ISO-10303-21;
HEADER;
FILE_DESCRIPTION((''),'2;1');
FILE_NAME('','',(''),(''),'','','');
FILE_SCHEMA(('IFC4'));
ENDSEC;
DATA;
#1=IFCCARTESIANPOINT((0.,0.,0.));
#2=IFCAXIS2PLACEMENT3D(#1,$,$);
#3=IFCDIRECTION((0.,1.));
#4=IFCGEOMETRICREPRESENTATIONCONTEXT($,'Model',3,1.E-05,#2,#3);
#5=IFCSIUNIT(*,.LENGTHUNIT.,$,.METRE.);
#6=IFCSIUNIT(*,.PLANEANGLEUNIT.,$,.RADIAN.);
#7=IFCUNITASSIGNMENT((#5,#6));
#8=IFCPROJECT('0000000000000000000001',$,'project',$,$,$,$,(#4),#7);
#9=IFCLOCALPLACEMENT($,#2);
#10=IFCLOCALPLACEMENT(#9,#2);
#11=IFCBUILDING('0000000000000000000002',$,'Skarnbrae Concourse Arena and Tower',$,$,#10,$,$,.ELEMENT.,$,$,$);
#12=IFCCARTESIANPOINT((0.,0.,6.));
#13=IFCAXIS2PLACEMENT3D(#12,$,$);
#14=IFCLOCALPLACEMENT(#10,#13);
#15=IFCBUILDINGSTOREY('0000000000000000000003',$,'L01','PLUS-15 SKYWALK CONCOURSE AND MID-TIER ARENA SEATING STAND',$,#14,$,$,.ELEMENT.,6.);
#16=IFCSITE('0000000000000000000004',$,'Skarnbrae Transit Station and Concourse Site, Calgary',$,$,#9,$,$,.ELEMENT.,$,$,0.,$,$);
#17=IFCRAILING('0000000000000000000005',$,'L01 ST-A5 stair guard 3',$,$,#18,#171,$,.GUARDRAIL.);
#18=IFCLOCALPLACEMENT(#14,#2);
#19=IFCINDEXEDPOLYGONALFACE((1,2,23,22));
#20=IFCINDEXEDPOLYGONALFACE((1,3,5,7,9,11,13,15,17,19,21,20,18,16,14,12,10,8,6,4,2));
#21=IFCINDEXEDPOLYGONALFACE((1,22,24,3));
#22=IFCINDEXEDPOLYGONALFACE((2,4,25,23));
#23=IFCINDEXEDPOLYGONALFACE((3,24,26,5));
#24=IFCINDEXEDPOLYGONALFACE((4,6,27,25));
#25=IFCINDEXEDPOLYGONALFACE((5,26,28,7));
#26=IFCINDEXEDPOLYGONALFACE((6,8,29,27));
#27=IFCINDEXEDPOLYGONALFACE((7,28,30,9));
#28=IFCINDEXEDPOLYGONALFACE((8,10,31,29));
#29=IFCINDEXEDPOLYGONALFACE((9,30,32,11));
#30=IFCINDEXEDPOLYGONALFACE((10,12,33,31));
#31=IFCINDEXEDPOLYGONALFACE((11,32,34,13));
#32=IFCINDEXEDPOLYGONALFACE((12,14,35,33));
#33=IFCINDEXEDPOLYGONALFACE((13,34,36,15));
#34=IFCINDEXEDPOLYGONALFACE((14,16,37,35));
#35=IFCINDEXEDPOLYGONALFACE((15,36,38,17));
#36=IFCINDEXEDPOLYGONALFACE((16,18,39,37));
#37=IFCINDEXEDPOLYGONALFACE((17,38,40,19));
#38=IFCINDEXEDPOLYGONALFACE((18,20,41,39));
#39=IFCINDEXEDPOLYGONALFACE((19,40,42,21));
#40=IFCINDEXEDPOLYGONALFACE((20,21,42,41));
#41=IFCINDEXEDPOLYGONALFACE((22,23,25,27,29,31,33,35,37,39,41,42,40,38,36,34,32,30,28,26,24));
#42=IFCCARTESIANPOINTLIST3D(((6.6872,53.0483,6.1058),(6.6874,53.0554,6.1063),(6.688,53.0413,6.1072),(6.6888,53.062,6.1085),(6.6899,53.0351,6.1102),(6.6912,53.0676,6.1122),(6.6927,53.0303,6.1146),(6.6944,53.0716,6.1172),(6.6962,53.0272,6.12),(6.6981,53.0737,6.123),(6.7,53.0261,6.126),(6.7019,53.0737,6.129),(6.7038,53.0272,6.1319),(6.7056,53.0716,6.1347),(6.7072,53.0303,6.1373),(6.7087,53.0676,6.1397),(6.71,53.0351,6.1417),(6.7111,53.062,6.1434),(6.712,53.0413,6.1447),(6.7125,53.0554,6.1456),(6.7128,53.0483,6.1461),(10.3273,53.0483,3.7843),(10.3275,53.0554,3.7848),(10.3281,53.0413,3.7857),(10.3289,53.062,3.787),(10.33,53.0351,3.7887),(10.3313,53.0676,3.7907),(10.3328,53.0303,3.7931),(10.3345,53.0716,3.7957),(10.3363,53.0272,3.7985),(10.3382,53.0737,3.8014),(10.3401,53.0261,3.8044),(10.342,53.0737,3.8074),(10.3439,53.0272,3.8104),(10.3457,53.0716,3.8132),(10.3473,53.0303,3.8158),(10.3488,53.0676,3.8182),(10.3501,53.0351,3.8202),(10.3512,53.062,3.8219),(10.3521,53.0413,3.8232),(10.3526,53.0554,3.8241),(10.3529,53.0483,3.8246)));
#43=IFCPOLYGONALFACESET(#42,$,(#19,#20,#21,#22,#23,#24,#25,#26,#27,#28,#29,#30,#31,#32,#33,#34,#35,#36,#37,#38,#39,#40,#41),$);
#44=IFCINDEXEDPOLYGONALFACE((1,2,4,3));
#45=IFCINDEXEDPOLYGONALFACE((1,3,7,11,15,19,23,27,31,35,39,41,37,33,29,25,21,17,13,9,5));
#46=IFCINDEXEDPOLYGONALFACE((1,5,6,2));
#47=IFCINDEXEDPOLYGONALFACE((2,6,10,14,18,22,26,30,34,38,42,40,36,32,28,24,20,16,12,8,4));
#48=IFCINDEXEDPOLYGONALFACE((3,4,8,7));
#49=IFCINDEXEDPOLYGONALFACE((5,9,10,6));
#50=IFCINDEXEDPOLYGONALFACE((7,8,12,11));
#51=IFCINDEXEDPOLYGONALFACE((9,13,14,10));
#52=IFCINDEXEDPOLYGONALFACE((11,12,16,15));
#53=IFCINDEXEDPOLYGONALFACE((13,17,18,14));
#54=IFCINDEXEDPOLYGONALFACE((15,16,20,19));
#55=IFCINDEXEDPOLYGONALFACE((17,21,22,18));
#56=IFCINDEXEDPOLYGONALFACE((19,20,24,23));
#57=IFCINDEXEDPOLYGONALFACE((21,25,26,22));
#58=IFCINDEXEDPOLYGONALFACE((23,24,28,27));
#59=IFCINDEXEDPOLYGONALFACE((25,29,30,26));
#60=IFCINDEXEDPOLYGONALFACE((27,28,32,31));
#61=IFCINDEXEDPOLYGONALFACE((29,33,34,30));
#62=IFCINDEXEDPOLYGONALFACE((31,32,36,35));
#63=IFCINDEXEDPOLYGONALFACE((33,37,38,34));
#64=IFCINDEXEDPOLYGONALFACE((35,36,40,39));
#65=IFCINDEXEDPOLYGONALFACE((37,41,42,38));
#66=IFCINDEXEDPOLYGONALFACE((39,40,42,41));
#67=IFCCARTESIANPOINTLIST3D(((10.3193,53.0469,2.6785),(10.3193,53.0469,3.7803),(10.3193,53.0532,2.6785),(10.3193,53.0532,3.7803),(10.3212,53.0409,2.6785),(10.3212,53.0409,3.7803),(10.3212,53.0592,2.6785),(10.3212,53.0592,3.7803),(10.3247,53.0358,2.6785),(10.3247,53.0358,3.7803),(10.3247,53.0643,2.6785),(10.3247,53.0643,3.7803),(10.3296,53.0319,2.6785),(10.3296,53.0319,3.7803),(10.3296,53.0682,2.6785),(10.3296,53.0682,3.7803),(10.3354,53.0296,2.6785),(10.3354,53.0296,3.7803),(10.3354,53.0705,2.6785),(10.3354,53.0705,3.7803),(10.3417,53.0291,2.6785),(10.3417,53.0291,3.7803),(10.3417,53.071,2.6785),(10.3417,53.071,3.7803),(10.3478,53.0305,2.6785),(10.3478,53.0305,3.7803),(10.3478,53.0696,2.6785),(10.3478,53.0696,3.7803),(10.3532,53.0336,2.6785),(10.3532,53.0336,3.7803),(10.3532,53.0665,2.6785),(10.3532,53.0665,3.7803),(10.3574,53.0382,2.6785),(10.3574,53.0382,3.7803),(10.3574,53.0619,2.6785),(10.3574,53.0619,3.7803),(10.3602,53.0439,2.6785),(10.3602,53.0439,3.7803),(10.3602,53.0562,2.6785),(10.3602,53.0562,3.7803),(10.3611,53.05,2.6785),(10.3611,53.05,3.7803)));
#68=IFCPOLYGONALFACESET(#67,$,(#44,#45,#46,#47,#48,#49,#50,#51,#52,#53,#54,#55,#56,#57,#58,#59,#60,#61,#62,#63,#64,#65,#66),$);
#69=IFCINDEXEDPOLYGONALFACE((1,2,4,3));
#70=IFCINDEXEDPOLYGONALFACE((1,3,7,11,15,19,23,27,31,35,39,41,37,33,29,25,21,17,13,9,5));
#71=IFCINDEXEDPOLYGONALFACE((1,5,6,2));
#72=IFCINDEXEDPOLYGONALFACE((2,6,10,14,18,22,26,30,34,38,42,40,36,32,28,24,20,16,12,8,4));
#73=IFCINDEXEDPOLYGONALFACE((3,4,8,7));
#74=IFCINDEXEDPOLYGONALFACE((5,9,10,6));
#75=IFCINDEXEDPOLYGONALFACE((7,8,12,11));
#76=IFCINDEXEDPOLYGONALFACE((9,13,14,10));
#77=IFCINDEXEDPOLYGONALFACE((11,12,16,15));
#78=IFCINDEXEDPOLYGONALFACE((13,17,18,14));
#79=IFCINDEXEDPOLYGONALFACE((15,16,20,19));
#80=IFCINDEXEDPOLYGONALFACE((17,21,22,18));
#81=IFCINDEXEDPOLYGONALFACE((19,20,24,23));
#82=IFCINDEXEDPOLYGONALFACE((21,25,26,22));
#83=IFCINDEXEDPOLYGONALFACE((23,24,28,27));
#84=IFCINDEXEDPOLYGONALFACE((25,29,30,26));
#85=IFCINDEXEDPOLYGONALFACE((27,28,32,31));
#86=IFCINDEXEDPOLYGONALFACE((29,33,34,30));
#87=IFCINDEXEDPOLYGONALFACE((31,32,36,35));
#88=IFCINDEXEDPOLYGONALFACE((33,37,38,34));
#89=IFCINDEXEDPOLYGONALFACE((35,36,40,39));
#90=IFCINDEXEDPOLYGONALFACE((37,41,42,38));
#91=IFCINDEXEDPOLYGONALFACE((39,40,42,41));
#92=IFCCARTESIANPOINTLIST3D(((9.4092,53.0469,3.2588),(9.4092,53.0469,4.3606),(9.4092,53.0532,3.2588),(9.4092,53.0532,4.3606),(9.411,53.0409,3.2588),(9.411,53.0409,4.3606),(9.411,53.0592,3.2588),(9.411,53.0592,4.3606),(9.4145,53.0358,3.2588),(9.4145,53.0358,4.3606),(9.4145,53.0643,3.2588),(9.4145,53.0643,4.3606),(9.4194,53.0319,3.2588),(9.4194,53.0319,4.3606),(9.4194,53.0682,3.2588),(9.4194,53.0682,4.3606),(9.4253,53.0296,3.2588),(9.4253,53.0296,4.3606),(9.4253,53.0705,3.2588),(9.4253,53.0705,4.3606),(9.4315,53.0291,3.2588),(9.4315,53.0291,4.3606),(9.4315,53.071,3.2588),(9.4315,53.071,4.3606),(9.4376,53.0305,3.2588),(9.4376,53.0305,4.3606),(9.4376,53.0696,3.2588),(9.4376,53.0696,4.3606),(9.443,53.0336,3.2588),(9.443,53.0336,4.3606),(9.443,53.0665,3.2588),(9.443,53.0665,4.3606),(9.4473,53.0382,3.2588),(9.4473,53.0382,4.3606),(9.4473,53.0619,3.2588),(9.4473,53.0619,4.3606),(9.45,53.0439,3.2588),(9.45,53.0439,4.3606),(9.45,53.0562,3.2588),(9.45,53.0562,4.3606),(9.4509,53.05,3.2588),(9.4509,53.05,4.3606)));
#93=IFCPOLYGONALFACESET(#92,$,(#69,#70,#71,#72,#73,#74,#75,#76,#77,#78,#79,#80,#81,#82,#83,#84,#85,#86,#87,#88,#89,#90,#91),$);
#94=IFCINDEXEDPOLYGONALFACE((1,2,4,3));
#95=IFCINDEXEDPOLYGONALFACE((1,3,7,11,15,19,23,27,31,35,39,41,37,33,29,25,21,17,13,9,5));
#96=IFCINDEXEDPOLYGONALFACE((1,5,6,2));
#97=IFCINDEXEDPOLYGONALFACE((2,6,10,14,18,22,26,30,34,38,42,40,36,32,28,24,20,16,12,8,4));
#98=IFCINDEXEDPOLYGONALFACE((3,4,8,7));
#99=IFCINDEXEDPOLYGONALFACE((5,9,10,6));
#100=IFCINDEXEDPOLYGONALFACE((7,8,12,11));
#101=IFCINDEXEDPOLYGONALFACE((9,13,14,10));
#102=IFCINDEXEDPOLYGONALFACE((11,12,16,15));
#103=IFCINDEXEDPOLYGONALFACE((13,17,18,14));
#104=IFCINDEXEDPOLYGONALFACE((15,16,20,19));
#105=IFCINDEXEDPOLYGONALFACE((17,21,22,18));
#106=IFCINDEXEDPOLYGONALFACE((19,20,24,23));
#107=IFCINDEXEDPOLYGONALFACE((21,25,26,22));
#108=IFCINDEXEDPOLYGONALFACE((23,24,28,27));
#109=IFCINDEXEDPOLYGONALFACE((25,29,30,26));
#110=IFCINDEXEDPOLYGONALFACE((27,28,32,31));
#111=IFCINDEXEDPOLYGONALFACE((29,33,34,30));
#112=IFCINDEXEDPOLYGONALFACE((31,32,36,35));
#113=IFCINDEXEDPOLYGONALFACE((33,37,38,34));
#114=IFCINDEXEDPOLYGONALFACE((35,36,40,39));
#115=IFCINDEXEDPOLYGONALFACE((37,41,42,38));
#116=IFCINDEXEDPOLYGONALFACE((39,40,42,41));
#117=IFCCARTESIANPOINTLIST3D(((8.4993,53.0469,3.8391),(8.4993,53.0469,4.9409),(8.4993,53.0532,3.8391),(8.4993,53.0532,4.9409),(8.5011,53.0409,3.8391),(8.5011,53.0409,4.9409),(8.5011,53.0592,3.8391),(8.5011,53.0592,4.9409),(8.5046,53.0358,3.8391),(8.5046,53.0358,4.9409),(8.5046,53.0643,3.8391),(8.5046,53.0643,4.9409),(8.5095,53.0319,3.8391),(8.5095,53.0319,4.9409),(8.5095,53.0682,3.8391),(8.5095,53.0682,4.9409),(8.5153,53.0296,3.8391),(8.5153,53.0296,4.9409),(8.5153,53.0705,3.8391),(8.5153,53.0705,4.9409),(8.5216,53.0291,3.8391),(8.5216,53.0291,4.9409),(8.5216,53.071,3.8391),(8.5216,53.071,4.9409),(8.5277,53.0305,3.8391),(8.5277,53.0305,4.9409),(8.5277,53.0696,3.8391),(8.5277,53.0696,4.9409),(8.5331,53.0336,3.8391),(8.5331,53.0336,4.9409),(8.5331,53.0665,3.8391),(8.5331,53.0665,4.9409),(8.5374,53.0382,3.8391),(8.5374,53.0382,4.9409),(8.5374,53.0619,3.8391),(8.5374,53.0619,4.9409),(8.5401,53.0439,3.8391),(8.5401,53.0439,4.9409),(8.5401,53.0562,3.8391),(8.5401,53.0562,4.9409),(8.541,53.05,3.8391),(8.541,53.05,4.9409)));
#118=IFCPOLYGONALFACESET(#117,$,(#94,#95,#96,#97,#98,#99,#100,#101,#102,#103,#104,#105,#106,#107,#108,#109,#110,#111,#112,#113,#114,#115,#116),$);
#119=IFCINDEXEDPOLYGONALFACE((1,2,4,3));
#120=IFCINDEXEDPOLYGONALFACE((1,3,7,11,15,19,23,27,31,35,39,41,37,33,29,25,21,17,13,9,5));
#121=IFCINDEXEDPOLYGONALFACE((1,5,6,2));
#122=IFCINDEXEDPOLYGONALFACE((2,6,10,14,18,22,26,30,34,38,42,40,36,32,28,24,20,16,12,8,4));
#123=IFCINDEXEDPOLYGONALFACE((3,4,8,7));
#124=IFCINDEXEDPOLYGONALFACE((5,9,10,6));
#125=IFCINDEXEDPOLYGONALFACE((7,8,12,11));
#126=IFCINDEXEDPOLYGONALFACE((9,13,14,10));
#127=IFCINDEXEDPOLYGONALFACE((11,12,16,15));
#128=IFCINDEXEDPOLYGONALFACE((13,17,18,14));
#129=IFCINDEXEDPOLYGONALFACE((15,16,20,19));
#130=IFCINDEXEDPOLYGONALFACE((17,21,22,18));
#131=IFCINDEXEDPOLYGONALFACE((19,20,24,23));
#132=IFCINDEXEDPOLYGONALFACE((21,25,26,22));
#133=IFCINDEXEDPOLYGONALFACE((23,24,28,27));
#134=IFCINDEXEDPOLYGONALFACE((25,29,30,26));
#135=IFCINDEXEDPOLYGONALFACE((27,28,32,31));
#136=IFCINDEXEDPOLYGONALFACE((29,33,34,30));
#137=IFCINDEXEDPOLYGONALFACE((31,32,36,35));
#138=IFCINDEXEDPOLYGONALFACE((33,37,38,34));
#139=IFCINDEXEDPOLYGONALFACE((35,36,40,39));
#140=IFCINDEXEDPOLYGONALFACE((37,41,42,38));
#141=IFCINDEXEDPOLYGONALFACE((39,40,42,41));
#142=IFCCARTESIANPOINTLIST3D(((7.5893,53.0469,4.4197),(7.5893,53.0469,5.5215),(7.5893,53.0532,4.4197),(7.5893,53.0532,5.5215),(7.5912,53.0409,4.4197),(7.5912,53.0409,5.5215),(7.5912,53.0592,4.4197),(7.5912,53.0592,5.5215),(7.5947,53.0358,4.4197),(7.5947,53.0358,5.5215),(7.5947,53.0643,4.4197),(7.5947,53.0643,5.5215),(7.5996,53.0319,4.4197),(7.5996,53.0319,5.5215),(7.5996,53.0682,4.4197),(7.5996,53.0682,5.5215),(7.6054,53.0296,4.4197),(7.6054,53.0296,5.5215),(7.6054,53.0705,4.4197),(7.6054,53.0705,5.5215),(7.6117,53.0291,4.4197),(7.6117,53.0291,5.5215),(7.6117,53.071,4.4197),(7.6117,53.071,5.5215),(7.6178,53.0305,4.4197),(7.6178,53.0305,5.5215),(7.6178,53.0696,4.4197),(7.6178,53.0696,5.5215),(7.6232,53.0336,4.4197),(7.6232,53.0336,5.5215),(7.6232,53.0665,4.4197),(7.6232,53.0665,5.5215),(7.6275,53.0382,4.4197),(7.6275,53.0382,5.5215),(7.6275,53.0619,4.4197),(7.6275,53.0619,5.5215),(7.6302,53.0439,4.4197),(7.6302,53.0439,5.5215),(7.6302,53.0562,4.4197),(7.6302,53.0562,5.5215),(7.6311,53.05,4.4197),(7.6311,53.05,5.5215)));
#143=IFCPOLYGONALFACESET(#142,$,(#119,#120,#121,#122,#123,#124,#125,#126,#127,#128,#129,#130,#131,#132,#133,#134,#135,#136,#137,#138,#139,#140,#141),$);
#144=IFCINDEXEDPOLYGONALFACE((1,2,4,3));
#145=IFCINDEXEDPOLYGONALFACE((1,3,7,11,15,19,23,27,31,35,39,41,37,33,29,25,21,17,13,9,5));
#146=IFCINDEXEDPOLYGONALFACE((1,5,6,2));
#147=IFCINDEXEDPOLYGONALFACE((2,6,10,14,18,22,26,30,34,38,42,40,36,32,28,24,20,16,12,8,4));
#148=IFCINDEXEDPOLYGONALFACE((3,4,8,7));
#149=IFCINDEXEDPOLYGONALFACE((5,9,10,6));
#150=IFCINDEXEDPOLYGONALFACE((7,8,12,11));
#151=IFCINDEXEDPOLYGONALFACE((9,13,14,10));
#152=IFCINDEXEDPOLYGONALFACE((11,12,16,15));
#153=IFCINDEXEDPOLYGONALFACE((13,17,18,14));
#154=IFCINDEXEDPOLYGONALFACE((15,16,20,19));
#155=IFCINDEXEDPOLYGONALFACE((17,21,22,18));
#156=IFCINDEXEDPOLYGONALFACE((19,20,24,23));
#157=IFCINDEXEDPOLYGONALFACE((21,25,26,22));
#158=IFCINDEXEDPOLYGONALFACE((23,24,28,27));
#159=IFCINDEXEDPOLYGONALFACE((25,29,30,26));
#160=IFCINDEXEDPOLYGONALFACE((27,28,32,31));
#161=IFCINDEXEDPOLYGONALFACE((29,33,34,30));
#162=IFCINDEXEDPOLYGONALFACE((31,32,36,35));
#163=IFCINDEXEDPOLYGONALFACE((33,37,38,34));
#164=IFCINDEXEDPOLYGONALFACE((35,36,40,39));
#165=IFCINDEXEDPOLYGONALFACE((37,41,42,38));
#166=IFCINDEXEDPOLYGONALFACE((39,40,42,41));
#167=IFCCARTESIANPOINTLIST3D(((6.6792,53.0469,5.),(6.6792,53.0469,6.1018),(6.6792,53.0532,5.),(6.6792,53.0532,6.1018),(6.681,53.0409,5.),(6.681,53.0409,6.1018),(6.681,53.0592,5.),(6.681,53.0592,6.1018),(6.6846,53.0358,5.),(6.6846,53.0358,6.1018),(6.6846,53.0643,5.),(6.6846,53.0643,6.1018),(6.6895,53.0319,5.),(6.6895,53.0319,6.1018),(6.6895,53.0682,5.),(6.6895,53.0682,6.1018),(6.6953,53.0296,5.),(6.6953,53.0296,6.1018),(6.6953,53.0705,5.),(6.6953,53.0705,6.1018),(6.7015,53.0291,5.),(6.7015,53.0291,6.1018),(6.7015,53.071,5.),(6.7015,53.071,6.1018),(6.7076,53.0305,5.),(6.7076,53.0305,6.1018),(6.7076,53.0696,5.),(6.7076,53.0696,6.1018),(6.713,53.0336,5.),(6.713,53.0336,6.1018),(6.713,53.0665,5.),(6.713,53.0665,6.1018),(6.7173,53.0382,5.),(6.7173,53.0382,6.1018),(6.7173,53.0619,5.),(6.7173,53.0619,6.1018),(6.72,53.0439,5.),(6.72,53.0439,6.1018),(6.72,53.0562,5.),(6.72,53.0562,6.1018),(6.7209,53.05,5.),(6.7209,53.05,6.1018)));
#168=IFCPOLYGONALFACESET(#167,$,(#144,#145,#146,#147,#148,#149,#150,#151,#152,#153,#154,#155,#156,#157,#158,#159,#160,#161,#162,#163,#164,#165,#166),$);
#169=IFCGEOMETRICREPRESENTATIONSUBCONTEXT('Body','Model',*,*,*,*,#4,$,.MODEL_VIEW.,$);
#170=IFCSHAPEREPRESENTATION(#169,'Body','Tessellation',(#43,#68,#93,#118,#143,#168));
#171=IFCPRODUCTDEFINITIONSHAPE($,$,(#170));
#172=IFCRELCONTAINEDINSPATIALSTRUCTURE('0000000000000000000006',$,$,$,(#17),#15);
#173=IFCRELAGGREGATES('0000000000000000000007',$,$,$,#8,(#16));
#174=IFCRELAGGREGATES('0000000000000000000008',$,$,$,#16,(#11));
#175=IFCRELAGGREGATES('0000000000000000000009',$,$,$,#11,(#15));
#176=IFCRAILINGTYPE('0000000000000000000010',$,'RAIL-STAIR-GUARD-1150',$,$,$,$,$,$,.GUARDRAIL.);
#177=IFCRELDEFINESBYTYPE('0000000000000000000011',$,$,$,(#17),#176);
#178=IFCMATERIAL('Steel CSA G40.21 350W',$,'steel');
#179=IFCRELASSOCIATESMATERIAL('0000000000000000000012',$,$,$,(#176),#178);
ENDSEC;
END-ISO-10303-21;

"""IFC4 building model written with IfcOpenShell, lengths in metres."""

from ifc_helpers import new_model, si_unit, direction, frame, origin, origin_2d, place, context, subcontext, project, spatial, circle, extrude, material, type_object, element, save


model = new_model("IFC4")

# Units and contexts
model_context = context("Model", 3, precision=1e-05, world=origin(), true_north=direction((0.0, 1.0)))
body_context = subcontext(model_context, "Body", "Model", "MODEL_VIEW")
ifc_project = project(units=[si_unit("LENGTHUNIT", "METRE"), si_unit("PLANEANGLEUNIT", "RADIAN")], contexts=[model_context])

# Site, building, storey
site_placement = place(None, origin())
site = spatial("IfcSite", under=ifc_project, at=site_placement, Name="Skarnbrae Transit Station and Concourse Site, Calgary", CompositionType="ELEMENT", RefElevation=0.0)
building_placement = place(site_placement, origin())
building = spatial("IfcBuilding", under=site, at=building_placement, Name="Skarnbrae Concourse Arena and Tower", CompositionType="ELEMENT")
storey_placement = place(building_placement, frame((0.0, 0.0, 6.0)))
storey = spatial("IfcBuildingStorey", under=building, at=storey_placement, Name="L01", Description="PLUS-15 SKYWALK CONCOURSE AND MID-TIER ARENA SEATING STAND", CompositionType="ELEMENT", Elevation=6.0)

# Shared definitions
ifc_material_1 = material(Name="Steel CSA G40.21 350W", Category="steel")

# Railing
railing_type_1 = type_object("IfcRailingType", Name="RAIL-STAIR-GUARD-1150", PredefinedType="GUARDRAIL", material=ifc_material_1)
railing_1_placement = place(storey_placement, frame((10.3401, 53.05, 2.6785)))
element("IfcRailing", 1, at=railing_1_placement, inside=storey, type_object=railing_type_1, Name="L01 ST-A5 stair guard 3", PredefinedType="GUARDRAIL", context=body_context, shape_type="SweptSolid", body=[
    extrude(circle(Radius=0.0239, at=origin_2d()), frame((0.0, 0.0, 1.126), z_axis=(-0.843128, 0.0, 0.537713), x_axis=(0.0, -1.0, 0.0)), (0.0, 0.0, 1.0), 4.3174),
    extrude(circle(Radius=0.021, at=origin_2d()), origin(), (0.0, 0.0, 1.0), 1.1018),
    extrude(circle(Radius=0.021, at=origin_2d()), frame((-0.9102, 0.0, 0.5803)), (0.0, 0.0, 1.0), 1.1018),
    extrude(circle(Radius=0.021, at=origin_2d()), frame((-1.8201, 0.0, 1.1606)), (0.0, 0.0, 1.0), 1.1018),
    extrude(circle(Radius=0.021, at=origin_2d()), frame((-2.73, 0.0, 1.7412)), (0.0, 0.0, 1.0), 1.1018),
    extrude(circle(Radius=0.021, at=origin_2d()), frame((-3.6401, 0.0, 2.3215)), (0.0, 0.0, 1.0), 1.1018),
])

save(model, "model.ifc")
